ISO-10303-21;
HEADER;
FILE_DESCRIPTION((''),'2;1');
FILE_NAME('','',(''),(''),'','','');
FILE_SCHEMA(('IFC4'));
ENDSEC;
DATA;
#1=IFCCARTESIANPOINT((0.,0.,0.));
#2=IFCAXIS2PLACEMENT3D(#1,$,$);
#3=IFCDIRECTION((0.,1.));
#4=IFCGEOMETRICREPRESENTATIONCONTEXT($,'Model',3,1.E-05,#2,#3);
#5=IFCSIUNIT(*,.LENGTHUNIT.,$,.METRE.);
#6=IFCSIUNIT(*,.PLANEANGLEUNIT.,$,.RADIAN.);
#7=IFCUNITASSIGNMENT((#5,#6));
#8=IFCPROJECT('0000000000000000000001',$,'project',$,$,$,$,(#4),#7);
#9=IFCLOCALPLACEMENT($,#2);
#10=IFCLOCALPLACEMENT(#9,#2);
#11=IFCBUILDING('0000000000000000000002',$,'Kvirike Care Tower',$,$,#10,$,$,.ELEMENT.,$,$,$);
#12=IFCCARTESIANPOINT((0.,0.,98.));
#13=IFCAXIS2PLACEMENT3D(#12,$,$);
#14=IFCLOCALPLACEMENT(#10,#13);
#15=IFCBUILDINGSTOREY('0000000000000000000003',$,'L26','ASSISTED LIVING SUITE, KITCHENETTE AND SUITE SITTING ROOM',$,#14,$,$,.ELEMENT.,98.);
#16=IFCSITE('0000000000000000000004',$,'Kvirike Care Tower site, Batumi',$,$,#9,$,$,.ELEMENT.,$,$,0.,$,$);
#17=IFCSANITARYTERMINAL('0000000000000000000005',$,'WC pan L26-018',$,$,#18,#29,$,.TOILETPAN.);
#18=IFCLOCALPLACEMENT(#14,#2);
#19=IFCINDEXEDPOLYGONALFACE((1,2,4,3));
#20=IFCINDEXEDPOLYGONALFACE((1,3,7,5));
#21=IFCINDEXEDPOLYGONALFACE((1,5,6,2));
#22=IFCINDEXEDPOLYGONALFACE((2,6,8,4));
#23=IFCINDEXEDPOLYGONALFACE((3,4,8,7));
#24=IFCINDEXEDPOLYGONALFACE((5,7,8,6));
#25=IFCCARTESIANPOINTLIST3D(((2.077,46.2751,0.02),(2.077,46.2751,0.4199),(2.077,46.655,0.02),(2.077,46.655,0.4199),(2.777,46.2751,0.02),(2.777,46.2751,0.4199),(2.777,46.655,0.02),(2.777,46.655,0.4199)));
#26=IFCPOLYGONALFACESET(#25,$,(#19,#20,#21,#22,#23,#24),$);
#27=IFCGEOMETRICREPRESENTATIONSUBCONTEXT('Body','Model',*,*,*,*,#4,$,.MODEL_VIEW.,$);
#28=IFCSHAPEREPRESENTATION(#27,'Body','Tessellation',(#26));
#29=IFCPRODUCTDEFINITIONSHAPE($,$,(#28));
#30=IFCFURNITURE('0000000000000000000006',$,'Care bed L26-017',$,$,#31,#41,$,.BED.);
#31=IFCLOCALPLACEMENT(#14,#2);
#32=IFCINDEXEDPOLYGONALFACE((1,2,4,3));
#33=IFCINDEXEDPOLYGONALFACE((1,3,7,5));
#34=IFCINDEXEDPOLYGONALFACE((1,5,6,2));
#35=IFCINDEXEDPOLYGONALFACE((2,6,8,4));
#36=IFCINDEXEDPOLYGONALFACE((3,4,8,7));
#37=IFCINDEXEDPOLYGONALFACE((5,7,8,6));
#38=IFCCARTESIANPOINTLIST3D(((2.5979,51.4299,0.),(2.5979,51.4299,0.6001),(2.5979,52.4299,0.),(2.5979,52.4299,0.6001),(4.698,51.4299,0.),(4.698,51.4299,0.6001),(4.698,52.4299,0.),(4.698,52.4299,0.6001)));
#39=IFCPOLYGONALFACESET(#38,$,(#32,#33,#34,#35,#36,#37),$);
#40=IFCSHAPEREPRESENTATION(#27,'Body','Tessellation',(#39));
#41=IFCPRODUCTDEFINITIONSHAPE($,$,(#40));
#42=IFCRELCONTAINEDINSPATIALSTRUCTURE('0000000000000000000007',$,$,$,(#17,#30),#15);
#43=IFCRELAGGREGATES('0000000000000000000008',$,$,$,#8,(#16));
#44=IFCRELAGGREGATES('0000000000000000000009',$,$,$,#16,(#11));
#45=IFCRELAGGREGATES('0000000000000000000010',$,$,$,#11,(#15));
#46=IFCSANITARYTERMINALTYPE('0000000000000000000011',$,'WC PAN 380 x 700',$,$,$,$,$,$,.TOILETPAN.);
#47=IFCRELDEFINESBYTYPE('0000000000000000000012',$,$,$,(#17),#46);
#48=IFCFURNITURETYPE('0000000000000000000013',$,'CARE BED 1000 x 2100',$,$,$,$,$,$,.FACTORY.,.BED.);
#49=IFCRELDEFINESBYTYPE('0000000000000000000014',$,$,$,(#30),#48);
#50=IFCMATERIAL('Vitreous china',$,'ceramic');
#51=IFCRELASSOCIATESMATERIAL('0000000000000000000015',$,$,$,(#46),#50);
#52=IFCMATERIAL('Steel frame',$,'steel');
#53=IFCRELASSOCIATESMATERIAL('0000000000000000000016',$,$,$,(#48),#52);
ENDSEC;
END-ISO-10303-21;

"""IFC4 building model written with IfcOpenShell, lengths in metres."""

from ifc_helpers import new_model, si_unit, direction, frame, origin, origin_2d, place, context, subcontext, project, spatial, rectangle, extrude, material, type_object, element, save


model = new_model("IFC4")

# Units and contexts
model_context = context("Model", 3, precision=1e-05, world=origin(), true_north=direction((0.0, 1.0)))
body_context = subcontext(model_context, "Body", "Model", "MODEL_VIEW")
ifc_project = project(units=[si_unit("LENGTHUNIT", "METRE"), si_unit("PLANEANGLEUNIT", "RADIAN")], contexts=[model_context])

# Site, building, storey
site_placement = place(None, origin())
site = spatial("IfcSite", under=ifc_project, at=site_placement, Name="Kvirike Care Tower site, Batumi", CompositionType="ELEMENT", RefElevation=0.0)
building_placement = place(site_placement, origin())
building = spatial("IfcBuilding", under=site, at=building_placement, Name="Kvirike Care Tower", CompositionType="ELEMENT")
storey_placement = place(building_placement, frame((0.0, 0.0, 98.0)))
storey = spatial("IfcBuildingStorey", under=building, at=storey_placement, Name="L26", Description="ASSISTED LIVING SUITE, KITCHENETTE AND SUITE SITTING ROOM", CompositionType="ELEMENT", Elevation=98.0)

# Sanitary terminal
ifc_material_1 = material(Name="Vitreous china", Category="ceramic")
sanitary_terminal_type_1 = type_object("IfcSanitaryTerminalType", Name="WC PAN 380 x 700", PredefinedType="TOILETPAN", material=ifc_material_1)
sanitary_terminal_1_placement = place(storey_placement, frame((2.427, 46.4651, 0.02), z_axis=(0.0, 0.0, 1.0), x_axis=(0.0, 1.0, 0.0)))
element("IfcSanitaryTerminal", 1, at=sanitary_terminal_1_placement, inside=storey, type_object=sanitary_terminal_type_1, Name="WC pan L26-018", PredefinedType="TOILETPAN", context=body_context, shape_type="SweptSolid", body=[
    extrude(rectangle(XDim=0.3799, YDim=0.7, at=origin_2d()), origin(), (0.0, 0.0, 1.0), 0.3999),
])

# Furniture
ifc_material_2 = material(Name="Steel frame", Category="steel")
furniture_type = type_object("IfcFurnitureType", Name="CARE BED 1000 x 2100", AssemblyPlace="FACTORY", PredefinedType="BED", material=ifc_material_2)
furniture_placement = place(storey_placement, frame((3.6479, 51.9299, 0.0), z_axis=(0.0, 0.0, 1.0), x_axis=(0.0, -1.0, 0.0)))
element("IfcFurniture", 2, at=furniture_placement, inside=storey, type_object=furniture_type, Name="Care bed L26-017", PredefinedType="BED", context=body_context, shape_type="SweptSolid", body=[
    extrude(rectangle(XDim=1.0, YDim=2.1001, at=origin_2d()), origin(), (0.0, 0.0, 1.0), 0.6001),
])

save(model, "model.ifc")
